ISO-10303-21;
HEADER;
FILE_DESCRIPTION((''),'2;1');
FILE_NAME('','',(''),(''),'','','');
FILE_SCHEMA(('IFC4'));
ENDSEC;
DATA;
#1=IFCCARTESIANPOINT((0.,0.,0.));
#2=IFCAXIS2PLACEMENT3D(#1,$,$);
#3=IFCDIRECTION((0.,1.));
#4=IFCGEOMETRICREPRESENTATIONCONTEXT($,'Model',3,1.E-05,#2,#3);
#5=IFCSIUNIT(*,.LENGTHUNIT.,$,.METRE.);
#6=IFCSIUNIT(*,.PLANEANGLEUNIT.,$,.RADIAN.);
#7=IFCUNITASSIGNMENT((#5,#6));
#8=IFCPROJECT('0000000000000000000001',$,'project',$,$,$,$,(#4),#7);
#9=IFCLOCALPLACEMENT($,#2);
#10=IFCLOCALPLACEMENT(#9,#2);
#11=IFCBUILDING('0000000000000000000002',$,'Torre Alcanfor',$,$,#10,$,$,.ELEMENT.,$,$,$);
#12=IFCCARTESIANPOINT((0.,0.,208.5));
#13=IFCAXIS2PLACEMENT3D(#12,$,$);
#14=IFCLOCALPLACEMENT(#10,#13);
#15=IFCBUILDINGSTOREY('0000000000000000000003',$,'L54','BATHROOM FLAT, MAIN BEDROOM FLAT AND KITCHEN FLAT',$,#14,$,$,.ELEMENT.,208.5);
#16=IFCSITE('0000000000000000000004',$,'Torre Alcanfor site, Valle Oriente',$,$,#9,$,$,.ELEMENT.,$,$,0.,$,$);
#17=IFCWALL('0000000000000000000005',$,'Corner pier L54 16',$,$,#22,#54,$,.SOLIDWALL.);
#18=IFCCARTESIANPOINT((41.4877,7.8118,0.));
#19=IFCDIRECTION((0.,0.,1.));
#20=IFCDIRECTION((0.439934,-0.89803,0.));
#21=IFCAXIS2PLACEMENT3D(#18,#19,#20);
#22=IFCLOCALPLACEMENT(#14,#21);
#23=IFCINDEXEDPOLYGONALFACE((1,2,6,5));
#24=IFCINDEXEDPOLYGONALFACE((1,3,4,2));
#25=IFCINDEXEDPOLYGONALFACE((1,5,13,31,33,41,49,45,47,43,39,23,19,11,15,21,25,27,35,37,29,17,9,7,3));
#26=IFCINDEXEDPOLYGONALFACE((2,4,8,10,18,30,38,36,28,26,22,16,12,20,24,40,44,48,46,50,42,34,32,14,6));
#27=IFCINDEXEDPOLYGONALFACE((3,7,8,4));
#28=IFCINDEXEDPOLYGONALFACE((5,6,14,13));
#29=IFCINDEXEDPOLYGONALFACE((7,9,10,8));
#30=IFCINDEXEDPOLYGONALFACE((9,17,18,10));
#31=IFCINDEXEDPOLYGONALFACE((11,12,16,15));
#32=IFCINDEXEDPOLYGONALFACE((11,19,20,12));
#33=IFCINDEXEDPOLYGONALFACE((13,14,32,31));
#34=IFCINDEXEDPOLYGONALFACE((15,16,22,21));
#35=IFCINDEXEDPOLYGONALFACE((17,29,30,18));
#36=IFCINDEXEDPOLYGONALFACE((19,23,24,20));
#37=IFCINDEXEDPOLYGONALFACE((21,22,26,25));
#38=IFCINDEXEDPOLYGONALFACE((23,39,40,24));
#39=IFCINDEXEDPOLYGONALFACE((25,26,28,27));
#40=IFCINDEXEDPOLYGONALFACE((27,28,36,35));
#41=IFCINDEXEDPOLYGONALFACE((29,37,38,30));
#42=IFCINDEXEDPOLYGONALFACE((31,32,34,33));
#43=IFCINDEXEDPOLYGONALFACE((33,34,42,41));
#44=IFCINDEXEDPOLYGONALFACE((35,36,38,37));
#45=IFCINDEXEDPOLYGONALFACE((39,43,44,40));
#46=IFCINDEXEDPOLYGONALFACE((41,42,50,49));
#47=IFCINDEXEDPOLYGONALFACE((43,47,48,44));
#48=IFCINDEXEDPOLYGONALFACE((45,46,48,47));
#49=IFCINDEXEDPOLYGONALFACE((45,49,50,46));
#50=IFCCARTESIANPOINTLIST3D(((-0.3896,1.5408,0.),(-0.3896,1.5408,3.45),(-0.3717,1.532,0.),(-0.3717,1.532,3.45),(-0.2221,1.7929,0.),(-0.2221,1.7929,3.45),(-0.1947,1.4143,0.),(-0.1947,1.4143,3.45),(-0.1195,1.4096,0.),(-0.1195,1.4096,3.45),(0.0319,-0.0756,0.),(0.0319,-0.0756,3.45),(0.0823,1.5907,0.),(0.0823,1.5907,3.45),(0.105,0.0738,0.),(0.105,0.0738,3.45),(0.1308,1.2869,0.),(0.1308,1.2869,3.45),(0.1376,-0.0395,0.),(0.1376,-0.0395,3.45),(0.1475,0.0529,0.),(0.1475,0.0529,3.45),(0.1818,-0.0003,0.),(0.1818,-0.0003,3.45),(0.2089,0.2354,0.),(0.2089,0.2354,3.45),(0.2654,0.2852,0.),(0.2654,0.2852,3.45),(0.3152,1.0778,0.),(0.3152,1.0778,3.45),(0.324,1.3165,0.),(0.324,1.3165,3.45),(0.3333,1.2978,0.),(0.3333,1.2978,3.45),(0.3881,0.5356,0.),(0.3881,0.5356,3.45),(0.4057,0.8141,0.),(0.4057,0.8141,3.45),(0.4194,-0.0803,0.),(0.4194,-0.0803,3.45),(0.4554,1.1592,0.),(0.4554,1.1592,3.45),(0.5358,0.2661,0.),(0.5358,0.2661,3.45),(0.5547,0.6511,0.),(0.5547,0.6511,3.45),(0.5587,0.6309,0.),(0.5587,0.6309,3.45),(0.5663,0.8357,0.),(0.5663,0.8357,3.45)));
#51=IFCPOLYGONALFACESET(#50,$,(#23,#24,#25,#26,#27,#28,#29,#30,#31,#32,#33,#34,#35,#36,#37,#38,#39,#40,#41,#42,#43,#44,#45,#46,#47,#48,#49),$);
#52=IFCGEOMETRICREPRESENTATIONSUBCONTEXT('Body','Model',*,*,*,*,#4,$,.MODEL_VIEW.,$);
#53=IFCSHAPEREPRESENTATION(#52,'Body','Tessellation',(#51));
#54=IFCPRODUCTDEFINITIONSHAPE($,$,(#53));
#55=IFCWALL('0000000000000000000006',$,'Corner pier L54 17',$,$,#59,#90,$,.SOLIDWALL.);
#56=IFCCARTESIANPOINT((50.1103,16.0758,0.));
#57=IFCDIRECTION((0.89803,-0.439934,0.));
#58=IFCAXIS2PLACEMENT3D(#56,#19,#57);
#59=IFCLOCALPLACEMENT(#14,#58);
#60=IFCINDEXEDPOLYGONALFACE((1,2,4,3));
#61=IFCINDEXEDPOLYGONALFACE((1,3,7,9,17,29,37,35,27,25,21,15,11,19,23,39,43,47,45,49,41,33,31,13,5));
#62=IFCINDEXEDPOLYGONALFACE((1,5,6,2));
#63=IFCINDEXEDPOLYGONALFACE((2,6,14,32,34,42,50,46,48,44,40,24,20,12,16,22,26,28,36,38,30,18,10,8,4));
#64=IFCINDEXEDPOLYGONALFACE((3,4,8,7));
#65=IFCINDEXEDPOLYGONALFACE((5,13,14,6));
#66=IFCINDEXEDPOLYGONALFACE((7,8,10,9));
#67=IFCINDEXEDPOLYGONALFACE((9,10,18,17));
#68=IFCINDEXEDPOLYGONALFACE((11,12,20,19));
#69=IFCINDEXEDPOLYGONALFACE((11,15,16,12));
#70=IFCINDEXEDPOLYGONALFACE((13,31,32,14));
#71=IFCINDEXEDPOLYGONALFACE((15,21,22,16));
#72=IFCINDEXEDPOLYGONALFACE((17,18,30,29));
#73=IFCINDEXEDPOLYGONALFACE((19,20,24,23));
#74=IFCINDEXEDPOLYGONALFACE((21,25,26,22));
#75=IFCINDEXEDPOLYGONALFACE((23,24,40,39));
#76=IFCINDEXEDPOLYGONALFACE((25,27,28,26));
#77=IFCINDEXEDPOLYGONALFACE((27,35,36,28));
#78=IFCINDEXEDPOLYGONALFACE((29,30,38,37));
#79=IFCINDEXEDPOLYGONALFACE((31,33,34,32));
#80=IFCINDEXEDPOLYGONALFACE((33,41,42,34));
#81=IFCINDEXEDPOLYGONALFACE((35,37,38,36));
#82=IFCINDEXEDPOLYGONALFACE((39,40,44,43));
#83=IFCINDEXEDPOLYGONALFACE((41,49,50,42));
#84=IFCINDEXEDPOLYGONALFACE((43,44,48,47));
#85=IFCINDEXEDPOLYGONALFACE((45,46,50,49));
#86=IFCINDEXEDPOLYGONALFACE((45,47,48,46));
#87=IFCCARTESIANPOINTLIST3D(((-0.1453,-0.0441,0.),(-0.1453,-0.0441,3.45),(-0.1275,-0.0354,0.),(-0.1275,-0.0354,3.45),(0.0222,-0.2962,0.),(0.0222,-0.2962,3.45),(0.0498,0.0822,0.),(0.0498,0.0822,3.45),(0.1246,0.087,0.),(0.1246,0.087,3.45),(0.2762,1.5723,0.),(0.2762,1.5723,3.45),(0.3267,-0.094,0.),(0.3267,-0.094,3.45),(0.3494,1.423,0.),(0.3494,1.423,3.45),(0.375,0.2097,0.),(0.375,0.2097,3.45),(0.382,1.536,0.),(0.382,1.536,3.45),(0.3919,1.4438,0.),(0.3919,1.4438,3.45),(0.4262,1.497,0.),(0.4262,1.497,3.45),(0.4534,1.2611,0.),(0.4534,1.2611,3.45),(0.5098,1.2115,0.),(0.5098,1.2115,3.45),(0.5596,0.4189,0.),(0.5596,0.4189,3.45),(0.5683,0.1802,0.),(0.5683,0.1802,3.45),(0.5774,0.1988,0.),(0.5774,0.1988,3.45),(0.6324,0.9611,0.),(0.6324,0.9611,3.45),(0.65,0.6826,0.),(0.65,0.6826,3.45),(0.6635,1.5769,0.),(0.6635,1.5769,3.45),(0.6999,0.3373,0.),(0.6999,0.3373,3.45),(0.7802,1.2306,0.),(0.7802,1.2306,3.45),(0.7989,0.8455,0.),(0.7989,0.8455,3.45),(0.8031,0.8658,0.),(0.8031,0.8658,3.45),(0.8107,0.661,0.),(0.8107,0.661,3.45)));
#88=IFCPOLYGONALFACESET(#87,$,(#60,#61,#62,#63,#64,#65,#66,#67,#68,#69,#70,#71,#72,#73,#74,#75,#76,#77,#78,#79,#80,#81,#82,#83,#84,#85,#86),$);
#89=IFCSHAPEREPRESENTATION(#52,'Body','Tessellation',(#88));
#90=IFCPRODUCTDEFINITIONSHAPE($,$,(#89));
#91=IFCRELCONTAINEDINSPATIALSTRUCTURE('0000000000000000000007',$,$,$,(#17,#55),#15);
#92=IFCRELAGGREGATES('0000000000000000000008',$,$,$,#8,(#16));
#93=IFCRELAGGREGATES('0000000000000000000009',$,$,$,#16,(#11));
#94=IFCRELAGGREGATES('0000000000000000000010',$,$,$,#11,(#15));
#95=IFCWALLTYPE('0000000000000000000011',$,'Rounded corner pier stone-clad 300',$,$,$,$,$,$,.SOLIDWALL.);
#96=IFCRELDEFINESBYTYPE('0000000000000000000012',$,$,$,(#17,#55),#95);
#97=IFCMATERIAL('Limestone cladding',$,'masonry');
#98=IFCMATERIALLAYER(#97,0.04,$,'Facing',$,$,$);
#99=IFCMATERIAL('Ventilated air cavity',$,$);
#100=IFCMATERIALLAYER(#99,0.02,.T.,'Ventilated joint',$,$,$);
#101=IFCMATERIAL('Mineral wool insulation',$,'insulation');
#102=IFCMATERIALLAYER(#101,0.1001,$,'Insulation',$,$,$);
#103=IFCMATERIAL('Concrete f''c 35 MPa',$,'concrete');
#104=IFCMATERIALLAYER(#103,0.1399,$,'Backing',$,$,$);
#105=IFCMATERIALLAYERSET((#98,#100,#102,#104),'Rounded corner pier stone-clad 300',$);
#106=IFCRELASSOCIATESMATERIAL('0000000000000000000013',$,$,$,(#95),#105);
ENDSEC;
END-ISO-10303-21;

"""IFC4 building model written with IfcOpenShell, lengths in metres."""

from ifc_helpers import new_model, si_unit, direction, frame, origin, place, context, subcontext, project, spatial, polyline, outline, extrude, material, layer, layer_set, type_object, element, save


model = new_model("IFC4")

# Units and contexts
model_context = context("Model", 3, precision=1e-05, world=origin(), true_north=direction((0.0, 1.0)))
body_context = subcontext(model_context, "Body", "Model", "MODEL_VIEW")
ifc_project = project(units=[si_unit("LENGTHUNIT", "METRE"), si_unit("PLANEANGLEUNIT", "RADIAN")], contexts=[model_context])

# Site, building, storey
site_placement = place(None, origin())
site = spatial("IfcSite", under=ifc_project, at=site_placement, Name="Torre Alcanfor site, Valle Oriente", CompositionType="ELEMENT", RefElevation=0.0)
building_placement = place(site_placement, origin())
building = spatial("IfcBuilding", under=site, at=building_placement, Name="Torre Alcanfor", CompositionType="ELEMENT")
storey_placement = place(building_placement, frame((0.0, 0.0, 208.5)))
storey = spatial("IfcBuildingStorey", under=building, at=storey_placement, Name="L54", Description="BATHROOM FLAT, MAIN BEDROOM FLAT AND KITCHEN FLAT", CompositionType="ELEMENT", Elevation=208.5)

# Shared definitions
ifc_material_1 = material(Name="Limestone cladding", Category="masonry")
ifc_material_2 = material(Name="Ventilated air cavity")
ifc_material_3 = material(Name="Mineral wool insulation", Category="insulation")
ifc_material_4 = material(Name="Concrete f'c 35 MPa", Category="concrete")

# Walls
ifc_layer_1 = layer(ifc_material_1, 0.04, Name="Facing")
ifc_layer_2 = layer(ifc_material_2, 0.02, ventilated=True, Name="Ventilated joint")
ifc_layer_3 = layer(ifc_material_3, 0.1001, Name="Insulation")
ifc_layer_4 = layer(ifc_material_4, 0.1399, Name="Backing")
ifc_layer_set_1 = layer_set([ifc_layer_1, ifc_layer_2, ifc_layer_3, ifc_layer_4], Name="Rounded corner pier stone-clad 300")
wall_type_1 = type_object("IfcWallType", Name="Rounded corner pier stone-clad 300", PredefinedType="SOLIDWALL", material=ifc_layer_set_1)
wall_1_placement = place(storey_placement, frame((41.4877, 7.8118, 0.0), z_axis=(0.0, 0.0, 1.0), x_axis=(0.439934, -0.89803, 0.0)))
element("IfcWall", 1, at=wall_1_placement, inside=storey, type_object=wall_type_1, Name="Corner pier L54 16", PredefinedType="SOLIDWALL", context=body_context, shape_type="SweptSolid", body=[
    extrude(outline(polyline([(-0.2221, 1.7929), (-0.3896, 1.5408), (-0.3717, 1.532), (-0.1947, 1.4143), (-0.1195, 1.4096), (0.1308, 1.2869), (0.3152, 1.0778), (0.4057, 0.8141), (0.3881, 0.5356), (0.2654, 0.2852), (0.2089, 0.2354), (0.1475, 0.0529), (0.105, 0.0738), (0.0319, -0.0756), (0.1376, -0.0395), (0.1818, -0.0003), (0.4194, -0.0803), (0.5358, 0.2661), (0.5587, 0.6309), (0.5547, 0.6511), (0.5663, 0.8357), (0.4554, 1.1592), (0.3333, 1.2978), (0.324, 1.3165), (0.0823, 1.5907), (-0.2221, 1.7929)])), origin(), (0.0, 0.0, 1.0), 3.45),
])
wall_2_placement = place(storey_placement, frame((50.1103, 16.0758, 0.0), z_axis=(0.0, 0.0, 1.0), x_axis=(0.89803, -0.439934, 0.0)))
element("IfcWall", 2, at=wall_2_placement, inside=storey, type_object=wall_type_1, Name="Corner pier L54 17", PredefinedType="SOLIDWALL", context=body_context, shape_type="SweptSolid", body=[
    extrude(outline(polyline([(0.6635, 1.5769), (0.4262, 1.497), (0.382, 1.536), (0.2762, 1.5723), (0.3494, 1.423), (0.3919, 1.4438), (0.4534, 1.2611), (0.5098, 1.2115), (0.6324, 0.9611), (0.65, 0.6826), (0.5596, 0.4189), (0.375, 0.2097), (0.1246, 0.087), (0.0498, 0.0822), (-0.1275, -0.0354), (-0.1453, -0.0441), (0.0222, -0.2962), (0.3267, -0.094), (0.5683, 0.1802), (0.5774, 0.1988), (0.6999, 0.3373), (0.8107, 0.661), (0.7989, 0.8455), (0.8031, 0.8658), (0.7802, 1.2306), (0.6635, 1.5769)])), origin(), (0.0, 0.0, 1.0), 3.45),
])

save(model, "model.ifc")
